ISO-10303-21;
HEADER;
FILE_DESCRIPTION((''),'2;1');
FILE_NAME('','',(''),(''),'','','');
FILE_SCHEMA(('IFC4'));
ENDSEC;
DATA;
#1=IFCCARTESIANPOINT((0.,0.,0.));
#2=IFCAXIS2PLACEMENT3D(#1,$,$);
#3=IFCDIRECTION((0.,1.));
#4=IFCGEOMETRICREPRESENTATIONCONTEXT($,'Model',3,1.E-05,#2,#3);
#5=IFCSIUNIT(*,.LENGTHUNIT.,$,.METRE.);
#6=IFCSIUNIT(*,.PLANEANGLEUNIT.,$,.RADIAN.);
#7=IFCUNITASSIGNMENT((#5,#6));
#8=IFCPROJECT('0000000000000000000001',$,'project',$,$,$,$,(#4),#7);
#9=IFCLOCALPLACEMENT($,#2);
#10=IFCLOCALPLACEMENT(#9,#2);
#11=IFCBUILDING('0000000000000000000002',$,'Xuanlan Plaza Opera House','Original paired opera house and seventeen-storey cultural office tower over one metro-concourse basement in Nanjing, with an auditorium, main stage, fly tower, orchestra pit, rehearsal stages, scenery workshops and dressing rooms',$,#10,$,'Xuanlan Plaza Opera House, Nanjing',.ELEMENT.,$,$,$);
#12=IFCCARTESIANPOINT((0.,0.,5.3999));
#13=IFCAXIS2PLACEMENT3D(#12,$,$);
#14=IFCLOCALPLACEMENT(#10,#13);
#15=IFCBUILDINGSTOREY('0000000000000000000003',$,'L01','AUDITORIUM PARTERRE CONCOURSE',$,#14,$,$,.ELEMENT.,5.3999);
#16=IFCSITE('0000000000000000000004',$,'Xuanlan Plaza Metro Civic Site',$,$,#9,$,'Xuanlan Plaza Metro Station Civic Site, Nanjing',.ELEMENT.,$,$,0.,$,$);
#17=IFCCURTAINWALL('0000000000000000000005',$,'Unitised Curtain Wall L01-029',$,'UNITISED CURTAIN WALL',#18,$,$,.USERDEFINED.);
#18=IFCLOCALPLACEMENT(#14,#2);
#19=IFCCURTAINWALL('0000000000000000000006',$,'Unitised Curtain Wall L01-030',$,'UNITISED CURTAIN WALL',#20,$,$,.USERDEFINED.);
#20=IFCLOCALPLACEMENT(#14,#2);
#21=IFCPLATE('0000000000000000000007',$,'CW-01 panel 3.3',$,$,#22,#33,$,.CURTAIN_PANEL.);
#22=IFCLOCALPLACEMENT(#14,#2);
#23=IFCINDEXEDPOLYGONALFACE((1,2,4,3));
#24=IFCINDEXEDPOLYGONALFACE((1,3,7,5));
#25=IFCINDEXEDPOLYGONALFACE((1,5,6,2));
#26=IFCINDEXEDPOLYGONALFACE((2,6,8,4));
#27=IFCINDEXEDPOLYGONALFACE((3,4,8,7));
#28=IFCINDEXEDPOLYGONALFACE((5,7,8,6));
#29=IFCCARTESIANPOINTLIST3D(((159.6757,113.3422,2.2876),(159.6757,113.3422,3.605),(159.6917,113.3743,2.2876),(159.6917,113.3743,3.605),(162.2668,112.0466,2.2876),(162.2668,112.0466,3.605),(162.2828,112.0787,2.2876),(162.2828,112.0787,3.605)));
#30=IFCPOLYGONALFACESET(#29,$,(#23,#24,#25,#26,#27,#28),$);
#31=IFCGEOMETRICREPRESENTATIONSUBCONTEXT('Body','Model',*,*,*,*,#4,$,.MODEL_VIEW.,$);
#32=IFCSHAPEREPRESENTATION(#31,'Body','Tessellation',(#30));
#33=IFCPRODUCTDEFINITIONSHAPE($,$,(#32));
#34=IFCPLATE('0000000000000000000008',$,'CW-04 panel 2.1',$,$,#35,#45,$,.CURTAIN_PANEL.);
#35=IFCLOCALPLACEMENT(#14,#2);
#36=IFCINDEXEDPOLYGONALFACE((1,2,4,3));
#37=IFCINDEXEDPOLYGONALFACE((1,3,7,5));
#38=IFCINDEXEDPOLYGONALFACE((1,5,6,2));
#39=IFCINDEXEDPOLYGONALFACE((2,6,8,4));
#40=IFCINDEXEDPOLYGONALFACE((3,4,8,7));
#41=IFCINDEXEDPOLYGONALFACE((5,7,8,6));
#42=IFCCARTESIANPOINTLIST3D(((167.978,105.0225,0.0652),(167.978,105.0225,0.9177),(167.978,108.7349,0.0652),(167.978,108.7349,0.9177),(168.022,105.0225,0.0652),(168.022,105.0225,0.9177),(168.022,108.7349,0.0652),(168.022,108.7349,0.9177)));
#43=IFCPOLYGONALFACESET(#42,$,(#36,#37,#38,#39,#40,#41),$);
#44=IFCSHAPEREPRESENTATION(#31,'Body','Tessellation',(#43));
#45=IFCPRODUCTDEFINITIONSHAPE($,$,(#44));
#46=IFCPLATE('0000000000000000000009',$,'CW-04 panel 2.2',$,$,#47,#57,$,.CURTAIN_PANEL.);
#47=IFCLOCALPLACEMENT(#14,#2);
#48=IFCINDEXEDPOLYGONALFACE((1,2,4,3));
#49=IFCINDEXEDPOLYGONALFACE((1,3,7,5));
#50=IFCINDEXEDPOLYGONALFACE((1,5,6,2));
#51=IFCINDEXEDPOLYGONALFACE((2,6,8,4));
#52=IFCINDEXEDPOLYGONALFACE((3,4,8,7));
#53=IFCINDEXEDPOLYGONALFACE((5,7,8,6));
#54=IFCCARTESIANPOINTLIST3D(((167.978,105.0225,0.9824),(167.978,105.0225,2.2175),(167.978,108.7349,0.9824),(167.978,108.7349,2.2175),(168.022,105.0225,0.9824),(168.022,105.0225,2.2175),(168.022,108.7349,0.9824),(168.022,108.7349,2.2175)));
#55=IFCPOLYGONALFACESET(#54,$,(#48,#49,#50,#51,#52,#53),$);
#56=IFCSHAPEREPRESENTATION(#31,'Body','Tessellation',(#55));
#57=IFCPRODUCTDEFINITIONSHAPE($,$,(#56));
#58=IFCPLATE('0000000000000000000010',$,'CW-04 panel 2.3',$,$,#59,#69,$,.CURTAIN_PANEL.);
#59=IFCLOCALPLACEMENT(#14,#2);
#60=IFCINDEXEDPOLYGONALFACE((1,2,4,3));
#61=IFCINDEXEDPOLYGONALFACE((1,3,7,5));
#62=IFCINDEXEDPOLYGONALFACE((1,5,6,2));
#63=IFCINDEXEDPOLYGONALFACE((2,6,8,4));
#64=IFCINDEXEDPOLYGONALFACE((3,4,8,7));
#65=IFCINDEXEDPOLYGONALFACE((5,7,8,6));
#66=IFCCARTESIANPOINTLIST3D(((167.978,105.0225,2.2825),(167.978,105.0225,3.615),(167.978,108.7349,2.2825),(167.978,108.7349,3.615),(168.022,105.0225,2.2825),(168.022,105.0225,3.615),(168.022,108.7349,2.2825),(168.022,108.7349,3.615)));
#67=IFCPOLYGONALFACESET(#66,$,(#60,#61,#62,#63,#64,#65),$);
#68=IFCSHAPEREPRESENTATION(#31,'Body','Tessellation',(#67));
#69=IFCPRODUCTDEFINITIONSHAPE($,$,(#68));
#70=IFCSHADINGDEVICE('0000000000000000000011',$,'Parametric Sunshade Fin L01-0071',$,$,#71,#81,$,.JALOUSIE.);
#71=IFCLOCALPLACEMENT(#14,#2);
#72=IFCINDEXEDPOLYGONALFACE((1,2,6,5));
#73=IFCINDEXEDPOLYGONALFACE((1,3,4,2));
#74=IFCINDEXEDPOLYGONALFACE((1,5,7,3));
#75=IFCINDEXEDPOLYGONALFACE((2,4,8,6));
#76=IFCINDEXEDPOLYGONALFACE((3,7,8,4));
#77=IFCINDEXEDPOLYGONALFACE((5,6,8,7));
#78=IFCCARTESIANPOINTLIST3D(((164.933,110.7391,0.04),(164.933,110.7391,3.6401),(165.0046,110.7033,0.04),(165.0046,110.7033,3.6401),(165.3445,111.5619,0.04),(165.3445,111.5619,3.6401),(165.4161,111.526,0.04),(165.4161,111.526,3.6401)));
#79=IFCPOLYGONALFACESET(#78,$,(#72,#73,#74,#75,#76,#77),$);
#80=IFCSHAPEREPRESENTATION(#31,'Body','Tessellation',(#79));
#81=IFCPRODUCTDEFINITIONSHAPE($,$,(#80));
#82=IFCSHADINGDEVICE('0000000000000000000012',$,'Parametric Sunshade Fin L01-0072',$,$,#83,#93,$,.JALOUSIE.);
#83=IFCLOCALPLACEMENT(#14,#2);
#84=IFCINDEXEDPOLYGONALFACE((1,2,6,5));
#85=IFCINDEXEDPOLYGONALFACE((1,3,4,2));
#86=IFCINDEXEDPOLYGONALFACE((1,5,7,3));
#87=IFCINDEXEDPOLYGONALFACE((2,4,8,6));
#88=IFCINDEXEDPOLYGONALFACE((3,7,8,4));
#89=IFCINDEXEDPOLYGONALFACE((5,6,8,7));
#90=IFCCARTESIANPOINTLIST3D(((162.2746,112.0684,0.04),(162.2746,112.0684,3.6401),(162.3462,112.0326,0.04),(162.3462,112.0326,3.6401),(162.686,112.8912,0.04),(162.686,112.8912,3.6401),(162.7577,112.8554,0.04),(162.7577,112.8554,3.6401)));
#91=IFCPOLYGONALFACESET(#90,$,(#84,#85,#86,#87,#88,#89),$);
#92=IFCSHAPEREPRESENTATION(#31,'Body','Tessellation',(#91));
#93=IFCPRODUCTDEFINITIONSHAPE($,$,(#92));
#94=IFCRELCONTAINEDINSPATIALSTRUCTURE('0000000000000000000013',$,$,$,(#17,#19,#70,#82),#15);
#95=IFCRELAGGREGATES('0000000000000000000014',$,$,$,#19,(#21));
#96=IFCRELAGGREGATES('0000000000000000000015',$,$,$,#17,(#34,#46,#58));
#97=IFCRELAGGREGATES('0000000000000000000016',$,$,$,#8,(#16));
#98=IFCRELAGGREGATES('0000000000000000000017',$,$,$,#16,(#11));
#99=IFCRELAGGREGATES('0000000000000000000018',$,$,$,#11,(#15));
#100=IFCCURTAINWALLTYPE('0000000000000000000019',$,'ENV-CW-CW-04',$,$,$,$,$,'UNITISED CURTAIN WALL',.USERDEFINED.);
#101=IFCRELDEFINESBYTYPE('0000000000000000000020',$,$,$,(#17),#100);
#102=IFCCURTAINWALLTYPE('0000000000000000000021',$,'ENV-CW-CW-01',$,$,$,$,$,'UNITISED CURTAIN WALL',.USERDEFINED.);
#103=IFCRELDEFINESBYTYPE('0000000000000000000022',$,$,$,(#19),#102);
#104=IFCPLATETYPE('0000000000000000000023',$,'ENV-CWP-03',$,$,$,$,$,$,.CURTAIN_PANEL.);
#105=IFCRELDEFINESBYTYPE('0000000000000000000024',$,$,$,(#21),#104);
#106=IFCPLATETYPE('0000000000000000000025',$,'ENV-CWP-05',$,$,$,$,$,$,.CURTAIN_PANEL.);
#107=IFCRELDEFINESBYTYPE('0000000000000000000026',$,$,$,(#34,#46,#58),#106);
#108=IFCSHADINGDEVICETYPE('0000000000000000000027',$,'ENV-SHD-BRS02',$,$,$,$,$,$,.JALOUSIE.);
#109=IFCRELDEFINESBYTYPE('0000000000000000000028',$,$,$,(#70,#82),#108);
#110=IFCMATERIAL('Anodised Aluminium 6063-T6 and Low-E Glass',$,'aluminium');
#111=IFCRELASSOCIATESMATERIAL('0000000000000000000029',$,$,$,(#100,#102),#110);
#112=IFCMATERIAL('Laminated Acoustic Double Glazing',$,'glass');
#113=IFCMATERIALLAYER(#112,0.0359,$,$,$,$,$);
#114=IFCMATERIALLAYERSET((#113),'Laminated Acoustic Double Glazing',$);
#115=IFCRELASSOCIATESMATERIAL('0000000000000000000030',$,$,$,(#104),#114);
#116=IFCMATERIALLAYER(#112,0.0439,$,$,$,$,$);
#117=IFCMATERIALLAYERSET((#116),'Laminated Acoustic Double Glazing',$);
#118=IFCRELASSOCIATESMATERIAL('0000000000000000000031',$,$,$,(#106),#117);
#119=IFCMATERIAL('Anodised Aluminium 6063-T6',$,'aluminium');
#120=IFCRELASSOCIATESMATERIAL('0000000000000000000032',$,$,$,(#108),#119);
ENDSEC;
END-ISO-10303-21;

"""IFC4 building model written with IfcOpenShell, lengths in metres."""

from ifc_helpers import new_model, si_unit, direction, frame, origin, origin_2d, place, context, subcontext, project, spatial, rectangle, extrude, material, layer, layer_set, type_object, element, aggregate, save


model = new_model("IFC4")

# Units and contexts
model_context = context("Model", 3, precision=1e-05, world=origin(), true_north=direction((0.0, 1.0)))
body_context = subcontext(model_context, "Body", "Model", "MODEL_VIEW")
ifc_project = project(units=[si_unit("LENGTHUNIT", "METRE"), si_unit("PLANEANGLEUNIT", "RADIAN")], contexts=[model_context])

# Site, building, storey
site_placement = place(None, origin())
site = spatial("IfcSite", under=ifc_project, at=site_placement, Name="Xuanlan Plaza Metro Civic Site", LongName="Xuanlan Plaza Metro Station Civic Site, Nanjing", CompositionType="ELEMENT", RefElevation=0.0)
building_placement = place(site_placement, origin())
building = spatial("IfcBuilding", under=site, at=building_placement, Name="Xuanlan Plaza Opera House", Description="Original paired opera house and seventeen-storey cultural office tower over one metro-concourse basement in Nanjing, with an auditorium, main stage, fly tower, orchestra pit, rehearsal stages, scenery workshops and dressing rooms", LongName="Xuanlan Plaza Opera House, Nanjing", CompositionType="ELEMENT")
storey_placement = place(building_placement, frame((0.0, 0.0, 5.3999)))
storey = spatial("IfcBuildingStorey", under=building, at=storey_placement, Name="L01", Description="AUDITORIUM PARTERRE CONCOURSE", CompositionType="ELEMENT", Elevation=5.3999)

# Curtain wall
ifc_material_1 = material(Name="Anodised Aluminium 6063-T6 and Low-E Glass", Category="aluminium")
curtain_wall_type_1 = type_object("IfcCurtainWallType", Name="ENV-CW-CW-04", ElementType="UNITISED CURTAIN WALL", PredefinedType="USERDEFINED", material=ifc_material_1)
curtain_wall_1_placement = place(storey_placement, origin())
curtain_wall_1 = element("IfcCurtainWall", 1, at=curtain_wall_1_placement, inside=storey, type_object=curtain_wall_type_1, Name="Unitised Curtain Wall L01-029", ObjectType="UNITISED CURTAIN WALL", PredefinedType="USERDEFINED")
ifc_material_2 = material(Name="Anodised Aluminium 6063-T6", Category="aluminium")

# Curtain wall
curtain_wall_type_2 = type_object("IfcCurtainWallType", Name="ENV-CW-CW-01", ElementType="UNITISED CURTAIN WALL", PredefinedType="USERDEFINED", material=ifc_material_1)
curtain_wall_2_placement = place(storey_placement, origin())
curtain_wall_2 = element("IfcCurtainWall", 2, at=curtain_wall_2_placement, inside=storey, type_object=curtain_wall_type_2, Name="Unitised Curtain Wall L01-030", ObjectType="UNITISED CURTAIN WALL", PredefinedType="USERDEFINED")

# Plates
ifc_material_3 = material(Name="Laminated Acoustic Double Glazing", Category="glass")
ifc_layer_1 = layer(ifc_material_3, 0.0359)
ifc_layer_set_1 = layer_set([ifc_layer_1], Name="Laminated Acoustic Double Glazing")
plate_type_1 = type_object("IfcPlateType", Name="ENV-CWP-03", PredefinedType="CURTAIN_PANEL", material=ifc_layer_set_1)
plate_1_placement = place(storey_placement, frame((160.9792, 112.7104, 2.2876), z_axis=(0.0, 0.0, 1.0), x_axis=(-0.894427, 0.447214, 0.0)))
plate_1 = element("IfcPlate", 3, at=plate_1_placement, type_object=plate_type_1, Name="CW-01 panel 3.3", PredefinedType="CURTAIN_PANEL", context=body_context, shape_type="SweptSolid", body=[
    extrude(rectangle(XDim=2.897, YDim=0.0359, at=origin_2d()), origin(), (0.0, 0.0, 1.0), 1.3174),
])
aggregate(curtain_wall_2, [plate_1])
ifc_layer_2 = layer(ifc_material_3, 0.0439)
ifc_layer_set_2 = layer_set([ifc_layer_2], Name="Laminated Acoustic Double Glazing")
plate_type_2 = type_object("IfcPlateType", Name="ENV-CWP-05", PredefinedType="CURTAIN_PANEL", material=ifc_layer_set_2)
plate_2_placement = place(storey_placement, frame((168.0, 106.8787, 0.0652), z_axis=(0.0, 0.0, 1.0), x_axis=(0.0, 1.0, 0.0)))
plate_2 = element("IfcPlate", 4, at=plate_2_placement, type_object=plate_type_2, Name="CW-04 panel 2.1", PredefinedType="CURTAIN_PANEL", context=body_context, shape_type="SweptSolid", body=[
    extrude(rectangle(XDim=3.7124, YDim=0.0439, at=origin_2d()), origin(), (0.0, 0.0, 1.0), 0.8525),
])
plate_3_placement = place(storey_placement, frame((168.0, 106.8787, 0.9824), z_axis=(0.0, 0.0, 1.0), x_axis=(0.0, 1.0, 0.0)))
plate_3 = element("IfcPlate", 5, at=plate_3_placement, type_object=plate_type_2, Name="CW-04 panel 2.2", PredefinedType="CURTAIN_PANEL", context=body_context, shape_type="SweptSolid", body=[
    extrude(rectangle(XDim=3.7124, YDim=0.0439, at=origin_2d()), origin(), (0.0, 0.0, 1.0), 1.2351),
])
plate_4_placement = place(storey_placement, frame((168.0, 106.8787, 2.2825), z_axis=(0.0, 0.0, 1.0), x_axis=(0.0, 1.0, 0.0)))
plate_4 = element("IfcPlate", 6, at=plate_4_placement, type_object=plate_type_2, Name="CW-04 panel 2.3", PredefinedType="CURTAIN_PANEL", context=body_context, shape_type="SweptSolid", body=[
    extrude(rectangle(XDim=3.7124, YDim=0.0439, at=origin_2d()), origin(), (0.0, 0.0, 1.0), 1.3325),
])
aggregate(curtain_wall_1, [plate_2, plate_3, plate_4])

# Shading devices
shading_device_type = type_object("IfcShadingDeviceType", Name="ENV-SHD-BRS02", PredefinedType="JALOUSIE", material=ifc_material_2)
for number, where, z_axis, x_axis, name in (
    (7, (165.1746, 111.1326, 0.04), (0.0, 0.0, 1.0), (0.447291, 0.894389, 0.0), "Parametric Sunshade Fin L01-0071"),
    (8, (162.5161, 112.4619, 0.04), (0.0, 0.0, 1.0), (0.447291, 0.894389, 0.0), "Parametric Sunshade Fin L01-0072"),
):
    element("IfcShadingDevice", number, at=place(storey_placement, frame(where, z_axis=z_axis, x_axis=x_axis)), inside=storey, type_object=shading_device_type, Name=name, PredefinedType="JALOUSIE", context=body_context, shape_type="SweptSolid", body=[
        extrude(rectangle(XDim=0.9199, YDim=0.0801, at=origin_2d()), origin(), (0.0, 0.0, 1.0), 3.6001),
    ])

save(model, "model.ifc")
